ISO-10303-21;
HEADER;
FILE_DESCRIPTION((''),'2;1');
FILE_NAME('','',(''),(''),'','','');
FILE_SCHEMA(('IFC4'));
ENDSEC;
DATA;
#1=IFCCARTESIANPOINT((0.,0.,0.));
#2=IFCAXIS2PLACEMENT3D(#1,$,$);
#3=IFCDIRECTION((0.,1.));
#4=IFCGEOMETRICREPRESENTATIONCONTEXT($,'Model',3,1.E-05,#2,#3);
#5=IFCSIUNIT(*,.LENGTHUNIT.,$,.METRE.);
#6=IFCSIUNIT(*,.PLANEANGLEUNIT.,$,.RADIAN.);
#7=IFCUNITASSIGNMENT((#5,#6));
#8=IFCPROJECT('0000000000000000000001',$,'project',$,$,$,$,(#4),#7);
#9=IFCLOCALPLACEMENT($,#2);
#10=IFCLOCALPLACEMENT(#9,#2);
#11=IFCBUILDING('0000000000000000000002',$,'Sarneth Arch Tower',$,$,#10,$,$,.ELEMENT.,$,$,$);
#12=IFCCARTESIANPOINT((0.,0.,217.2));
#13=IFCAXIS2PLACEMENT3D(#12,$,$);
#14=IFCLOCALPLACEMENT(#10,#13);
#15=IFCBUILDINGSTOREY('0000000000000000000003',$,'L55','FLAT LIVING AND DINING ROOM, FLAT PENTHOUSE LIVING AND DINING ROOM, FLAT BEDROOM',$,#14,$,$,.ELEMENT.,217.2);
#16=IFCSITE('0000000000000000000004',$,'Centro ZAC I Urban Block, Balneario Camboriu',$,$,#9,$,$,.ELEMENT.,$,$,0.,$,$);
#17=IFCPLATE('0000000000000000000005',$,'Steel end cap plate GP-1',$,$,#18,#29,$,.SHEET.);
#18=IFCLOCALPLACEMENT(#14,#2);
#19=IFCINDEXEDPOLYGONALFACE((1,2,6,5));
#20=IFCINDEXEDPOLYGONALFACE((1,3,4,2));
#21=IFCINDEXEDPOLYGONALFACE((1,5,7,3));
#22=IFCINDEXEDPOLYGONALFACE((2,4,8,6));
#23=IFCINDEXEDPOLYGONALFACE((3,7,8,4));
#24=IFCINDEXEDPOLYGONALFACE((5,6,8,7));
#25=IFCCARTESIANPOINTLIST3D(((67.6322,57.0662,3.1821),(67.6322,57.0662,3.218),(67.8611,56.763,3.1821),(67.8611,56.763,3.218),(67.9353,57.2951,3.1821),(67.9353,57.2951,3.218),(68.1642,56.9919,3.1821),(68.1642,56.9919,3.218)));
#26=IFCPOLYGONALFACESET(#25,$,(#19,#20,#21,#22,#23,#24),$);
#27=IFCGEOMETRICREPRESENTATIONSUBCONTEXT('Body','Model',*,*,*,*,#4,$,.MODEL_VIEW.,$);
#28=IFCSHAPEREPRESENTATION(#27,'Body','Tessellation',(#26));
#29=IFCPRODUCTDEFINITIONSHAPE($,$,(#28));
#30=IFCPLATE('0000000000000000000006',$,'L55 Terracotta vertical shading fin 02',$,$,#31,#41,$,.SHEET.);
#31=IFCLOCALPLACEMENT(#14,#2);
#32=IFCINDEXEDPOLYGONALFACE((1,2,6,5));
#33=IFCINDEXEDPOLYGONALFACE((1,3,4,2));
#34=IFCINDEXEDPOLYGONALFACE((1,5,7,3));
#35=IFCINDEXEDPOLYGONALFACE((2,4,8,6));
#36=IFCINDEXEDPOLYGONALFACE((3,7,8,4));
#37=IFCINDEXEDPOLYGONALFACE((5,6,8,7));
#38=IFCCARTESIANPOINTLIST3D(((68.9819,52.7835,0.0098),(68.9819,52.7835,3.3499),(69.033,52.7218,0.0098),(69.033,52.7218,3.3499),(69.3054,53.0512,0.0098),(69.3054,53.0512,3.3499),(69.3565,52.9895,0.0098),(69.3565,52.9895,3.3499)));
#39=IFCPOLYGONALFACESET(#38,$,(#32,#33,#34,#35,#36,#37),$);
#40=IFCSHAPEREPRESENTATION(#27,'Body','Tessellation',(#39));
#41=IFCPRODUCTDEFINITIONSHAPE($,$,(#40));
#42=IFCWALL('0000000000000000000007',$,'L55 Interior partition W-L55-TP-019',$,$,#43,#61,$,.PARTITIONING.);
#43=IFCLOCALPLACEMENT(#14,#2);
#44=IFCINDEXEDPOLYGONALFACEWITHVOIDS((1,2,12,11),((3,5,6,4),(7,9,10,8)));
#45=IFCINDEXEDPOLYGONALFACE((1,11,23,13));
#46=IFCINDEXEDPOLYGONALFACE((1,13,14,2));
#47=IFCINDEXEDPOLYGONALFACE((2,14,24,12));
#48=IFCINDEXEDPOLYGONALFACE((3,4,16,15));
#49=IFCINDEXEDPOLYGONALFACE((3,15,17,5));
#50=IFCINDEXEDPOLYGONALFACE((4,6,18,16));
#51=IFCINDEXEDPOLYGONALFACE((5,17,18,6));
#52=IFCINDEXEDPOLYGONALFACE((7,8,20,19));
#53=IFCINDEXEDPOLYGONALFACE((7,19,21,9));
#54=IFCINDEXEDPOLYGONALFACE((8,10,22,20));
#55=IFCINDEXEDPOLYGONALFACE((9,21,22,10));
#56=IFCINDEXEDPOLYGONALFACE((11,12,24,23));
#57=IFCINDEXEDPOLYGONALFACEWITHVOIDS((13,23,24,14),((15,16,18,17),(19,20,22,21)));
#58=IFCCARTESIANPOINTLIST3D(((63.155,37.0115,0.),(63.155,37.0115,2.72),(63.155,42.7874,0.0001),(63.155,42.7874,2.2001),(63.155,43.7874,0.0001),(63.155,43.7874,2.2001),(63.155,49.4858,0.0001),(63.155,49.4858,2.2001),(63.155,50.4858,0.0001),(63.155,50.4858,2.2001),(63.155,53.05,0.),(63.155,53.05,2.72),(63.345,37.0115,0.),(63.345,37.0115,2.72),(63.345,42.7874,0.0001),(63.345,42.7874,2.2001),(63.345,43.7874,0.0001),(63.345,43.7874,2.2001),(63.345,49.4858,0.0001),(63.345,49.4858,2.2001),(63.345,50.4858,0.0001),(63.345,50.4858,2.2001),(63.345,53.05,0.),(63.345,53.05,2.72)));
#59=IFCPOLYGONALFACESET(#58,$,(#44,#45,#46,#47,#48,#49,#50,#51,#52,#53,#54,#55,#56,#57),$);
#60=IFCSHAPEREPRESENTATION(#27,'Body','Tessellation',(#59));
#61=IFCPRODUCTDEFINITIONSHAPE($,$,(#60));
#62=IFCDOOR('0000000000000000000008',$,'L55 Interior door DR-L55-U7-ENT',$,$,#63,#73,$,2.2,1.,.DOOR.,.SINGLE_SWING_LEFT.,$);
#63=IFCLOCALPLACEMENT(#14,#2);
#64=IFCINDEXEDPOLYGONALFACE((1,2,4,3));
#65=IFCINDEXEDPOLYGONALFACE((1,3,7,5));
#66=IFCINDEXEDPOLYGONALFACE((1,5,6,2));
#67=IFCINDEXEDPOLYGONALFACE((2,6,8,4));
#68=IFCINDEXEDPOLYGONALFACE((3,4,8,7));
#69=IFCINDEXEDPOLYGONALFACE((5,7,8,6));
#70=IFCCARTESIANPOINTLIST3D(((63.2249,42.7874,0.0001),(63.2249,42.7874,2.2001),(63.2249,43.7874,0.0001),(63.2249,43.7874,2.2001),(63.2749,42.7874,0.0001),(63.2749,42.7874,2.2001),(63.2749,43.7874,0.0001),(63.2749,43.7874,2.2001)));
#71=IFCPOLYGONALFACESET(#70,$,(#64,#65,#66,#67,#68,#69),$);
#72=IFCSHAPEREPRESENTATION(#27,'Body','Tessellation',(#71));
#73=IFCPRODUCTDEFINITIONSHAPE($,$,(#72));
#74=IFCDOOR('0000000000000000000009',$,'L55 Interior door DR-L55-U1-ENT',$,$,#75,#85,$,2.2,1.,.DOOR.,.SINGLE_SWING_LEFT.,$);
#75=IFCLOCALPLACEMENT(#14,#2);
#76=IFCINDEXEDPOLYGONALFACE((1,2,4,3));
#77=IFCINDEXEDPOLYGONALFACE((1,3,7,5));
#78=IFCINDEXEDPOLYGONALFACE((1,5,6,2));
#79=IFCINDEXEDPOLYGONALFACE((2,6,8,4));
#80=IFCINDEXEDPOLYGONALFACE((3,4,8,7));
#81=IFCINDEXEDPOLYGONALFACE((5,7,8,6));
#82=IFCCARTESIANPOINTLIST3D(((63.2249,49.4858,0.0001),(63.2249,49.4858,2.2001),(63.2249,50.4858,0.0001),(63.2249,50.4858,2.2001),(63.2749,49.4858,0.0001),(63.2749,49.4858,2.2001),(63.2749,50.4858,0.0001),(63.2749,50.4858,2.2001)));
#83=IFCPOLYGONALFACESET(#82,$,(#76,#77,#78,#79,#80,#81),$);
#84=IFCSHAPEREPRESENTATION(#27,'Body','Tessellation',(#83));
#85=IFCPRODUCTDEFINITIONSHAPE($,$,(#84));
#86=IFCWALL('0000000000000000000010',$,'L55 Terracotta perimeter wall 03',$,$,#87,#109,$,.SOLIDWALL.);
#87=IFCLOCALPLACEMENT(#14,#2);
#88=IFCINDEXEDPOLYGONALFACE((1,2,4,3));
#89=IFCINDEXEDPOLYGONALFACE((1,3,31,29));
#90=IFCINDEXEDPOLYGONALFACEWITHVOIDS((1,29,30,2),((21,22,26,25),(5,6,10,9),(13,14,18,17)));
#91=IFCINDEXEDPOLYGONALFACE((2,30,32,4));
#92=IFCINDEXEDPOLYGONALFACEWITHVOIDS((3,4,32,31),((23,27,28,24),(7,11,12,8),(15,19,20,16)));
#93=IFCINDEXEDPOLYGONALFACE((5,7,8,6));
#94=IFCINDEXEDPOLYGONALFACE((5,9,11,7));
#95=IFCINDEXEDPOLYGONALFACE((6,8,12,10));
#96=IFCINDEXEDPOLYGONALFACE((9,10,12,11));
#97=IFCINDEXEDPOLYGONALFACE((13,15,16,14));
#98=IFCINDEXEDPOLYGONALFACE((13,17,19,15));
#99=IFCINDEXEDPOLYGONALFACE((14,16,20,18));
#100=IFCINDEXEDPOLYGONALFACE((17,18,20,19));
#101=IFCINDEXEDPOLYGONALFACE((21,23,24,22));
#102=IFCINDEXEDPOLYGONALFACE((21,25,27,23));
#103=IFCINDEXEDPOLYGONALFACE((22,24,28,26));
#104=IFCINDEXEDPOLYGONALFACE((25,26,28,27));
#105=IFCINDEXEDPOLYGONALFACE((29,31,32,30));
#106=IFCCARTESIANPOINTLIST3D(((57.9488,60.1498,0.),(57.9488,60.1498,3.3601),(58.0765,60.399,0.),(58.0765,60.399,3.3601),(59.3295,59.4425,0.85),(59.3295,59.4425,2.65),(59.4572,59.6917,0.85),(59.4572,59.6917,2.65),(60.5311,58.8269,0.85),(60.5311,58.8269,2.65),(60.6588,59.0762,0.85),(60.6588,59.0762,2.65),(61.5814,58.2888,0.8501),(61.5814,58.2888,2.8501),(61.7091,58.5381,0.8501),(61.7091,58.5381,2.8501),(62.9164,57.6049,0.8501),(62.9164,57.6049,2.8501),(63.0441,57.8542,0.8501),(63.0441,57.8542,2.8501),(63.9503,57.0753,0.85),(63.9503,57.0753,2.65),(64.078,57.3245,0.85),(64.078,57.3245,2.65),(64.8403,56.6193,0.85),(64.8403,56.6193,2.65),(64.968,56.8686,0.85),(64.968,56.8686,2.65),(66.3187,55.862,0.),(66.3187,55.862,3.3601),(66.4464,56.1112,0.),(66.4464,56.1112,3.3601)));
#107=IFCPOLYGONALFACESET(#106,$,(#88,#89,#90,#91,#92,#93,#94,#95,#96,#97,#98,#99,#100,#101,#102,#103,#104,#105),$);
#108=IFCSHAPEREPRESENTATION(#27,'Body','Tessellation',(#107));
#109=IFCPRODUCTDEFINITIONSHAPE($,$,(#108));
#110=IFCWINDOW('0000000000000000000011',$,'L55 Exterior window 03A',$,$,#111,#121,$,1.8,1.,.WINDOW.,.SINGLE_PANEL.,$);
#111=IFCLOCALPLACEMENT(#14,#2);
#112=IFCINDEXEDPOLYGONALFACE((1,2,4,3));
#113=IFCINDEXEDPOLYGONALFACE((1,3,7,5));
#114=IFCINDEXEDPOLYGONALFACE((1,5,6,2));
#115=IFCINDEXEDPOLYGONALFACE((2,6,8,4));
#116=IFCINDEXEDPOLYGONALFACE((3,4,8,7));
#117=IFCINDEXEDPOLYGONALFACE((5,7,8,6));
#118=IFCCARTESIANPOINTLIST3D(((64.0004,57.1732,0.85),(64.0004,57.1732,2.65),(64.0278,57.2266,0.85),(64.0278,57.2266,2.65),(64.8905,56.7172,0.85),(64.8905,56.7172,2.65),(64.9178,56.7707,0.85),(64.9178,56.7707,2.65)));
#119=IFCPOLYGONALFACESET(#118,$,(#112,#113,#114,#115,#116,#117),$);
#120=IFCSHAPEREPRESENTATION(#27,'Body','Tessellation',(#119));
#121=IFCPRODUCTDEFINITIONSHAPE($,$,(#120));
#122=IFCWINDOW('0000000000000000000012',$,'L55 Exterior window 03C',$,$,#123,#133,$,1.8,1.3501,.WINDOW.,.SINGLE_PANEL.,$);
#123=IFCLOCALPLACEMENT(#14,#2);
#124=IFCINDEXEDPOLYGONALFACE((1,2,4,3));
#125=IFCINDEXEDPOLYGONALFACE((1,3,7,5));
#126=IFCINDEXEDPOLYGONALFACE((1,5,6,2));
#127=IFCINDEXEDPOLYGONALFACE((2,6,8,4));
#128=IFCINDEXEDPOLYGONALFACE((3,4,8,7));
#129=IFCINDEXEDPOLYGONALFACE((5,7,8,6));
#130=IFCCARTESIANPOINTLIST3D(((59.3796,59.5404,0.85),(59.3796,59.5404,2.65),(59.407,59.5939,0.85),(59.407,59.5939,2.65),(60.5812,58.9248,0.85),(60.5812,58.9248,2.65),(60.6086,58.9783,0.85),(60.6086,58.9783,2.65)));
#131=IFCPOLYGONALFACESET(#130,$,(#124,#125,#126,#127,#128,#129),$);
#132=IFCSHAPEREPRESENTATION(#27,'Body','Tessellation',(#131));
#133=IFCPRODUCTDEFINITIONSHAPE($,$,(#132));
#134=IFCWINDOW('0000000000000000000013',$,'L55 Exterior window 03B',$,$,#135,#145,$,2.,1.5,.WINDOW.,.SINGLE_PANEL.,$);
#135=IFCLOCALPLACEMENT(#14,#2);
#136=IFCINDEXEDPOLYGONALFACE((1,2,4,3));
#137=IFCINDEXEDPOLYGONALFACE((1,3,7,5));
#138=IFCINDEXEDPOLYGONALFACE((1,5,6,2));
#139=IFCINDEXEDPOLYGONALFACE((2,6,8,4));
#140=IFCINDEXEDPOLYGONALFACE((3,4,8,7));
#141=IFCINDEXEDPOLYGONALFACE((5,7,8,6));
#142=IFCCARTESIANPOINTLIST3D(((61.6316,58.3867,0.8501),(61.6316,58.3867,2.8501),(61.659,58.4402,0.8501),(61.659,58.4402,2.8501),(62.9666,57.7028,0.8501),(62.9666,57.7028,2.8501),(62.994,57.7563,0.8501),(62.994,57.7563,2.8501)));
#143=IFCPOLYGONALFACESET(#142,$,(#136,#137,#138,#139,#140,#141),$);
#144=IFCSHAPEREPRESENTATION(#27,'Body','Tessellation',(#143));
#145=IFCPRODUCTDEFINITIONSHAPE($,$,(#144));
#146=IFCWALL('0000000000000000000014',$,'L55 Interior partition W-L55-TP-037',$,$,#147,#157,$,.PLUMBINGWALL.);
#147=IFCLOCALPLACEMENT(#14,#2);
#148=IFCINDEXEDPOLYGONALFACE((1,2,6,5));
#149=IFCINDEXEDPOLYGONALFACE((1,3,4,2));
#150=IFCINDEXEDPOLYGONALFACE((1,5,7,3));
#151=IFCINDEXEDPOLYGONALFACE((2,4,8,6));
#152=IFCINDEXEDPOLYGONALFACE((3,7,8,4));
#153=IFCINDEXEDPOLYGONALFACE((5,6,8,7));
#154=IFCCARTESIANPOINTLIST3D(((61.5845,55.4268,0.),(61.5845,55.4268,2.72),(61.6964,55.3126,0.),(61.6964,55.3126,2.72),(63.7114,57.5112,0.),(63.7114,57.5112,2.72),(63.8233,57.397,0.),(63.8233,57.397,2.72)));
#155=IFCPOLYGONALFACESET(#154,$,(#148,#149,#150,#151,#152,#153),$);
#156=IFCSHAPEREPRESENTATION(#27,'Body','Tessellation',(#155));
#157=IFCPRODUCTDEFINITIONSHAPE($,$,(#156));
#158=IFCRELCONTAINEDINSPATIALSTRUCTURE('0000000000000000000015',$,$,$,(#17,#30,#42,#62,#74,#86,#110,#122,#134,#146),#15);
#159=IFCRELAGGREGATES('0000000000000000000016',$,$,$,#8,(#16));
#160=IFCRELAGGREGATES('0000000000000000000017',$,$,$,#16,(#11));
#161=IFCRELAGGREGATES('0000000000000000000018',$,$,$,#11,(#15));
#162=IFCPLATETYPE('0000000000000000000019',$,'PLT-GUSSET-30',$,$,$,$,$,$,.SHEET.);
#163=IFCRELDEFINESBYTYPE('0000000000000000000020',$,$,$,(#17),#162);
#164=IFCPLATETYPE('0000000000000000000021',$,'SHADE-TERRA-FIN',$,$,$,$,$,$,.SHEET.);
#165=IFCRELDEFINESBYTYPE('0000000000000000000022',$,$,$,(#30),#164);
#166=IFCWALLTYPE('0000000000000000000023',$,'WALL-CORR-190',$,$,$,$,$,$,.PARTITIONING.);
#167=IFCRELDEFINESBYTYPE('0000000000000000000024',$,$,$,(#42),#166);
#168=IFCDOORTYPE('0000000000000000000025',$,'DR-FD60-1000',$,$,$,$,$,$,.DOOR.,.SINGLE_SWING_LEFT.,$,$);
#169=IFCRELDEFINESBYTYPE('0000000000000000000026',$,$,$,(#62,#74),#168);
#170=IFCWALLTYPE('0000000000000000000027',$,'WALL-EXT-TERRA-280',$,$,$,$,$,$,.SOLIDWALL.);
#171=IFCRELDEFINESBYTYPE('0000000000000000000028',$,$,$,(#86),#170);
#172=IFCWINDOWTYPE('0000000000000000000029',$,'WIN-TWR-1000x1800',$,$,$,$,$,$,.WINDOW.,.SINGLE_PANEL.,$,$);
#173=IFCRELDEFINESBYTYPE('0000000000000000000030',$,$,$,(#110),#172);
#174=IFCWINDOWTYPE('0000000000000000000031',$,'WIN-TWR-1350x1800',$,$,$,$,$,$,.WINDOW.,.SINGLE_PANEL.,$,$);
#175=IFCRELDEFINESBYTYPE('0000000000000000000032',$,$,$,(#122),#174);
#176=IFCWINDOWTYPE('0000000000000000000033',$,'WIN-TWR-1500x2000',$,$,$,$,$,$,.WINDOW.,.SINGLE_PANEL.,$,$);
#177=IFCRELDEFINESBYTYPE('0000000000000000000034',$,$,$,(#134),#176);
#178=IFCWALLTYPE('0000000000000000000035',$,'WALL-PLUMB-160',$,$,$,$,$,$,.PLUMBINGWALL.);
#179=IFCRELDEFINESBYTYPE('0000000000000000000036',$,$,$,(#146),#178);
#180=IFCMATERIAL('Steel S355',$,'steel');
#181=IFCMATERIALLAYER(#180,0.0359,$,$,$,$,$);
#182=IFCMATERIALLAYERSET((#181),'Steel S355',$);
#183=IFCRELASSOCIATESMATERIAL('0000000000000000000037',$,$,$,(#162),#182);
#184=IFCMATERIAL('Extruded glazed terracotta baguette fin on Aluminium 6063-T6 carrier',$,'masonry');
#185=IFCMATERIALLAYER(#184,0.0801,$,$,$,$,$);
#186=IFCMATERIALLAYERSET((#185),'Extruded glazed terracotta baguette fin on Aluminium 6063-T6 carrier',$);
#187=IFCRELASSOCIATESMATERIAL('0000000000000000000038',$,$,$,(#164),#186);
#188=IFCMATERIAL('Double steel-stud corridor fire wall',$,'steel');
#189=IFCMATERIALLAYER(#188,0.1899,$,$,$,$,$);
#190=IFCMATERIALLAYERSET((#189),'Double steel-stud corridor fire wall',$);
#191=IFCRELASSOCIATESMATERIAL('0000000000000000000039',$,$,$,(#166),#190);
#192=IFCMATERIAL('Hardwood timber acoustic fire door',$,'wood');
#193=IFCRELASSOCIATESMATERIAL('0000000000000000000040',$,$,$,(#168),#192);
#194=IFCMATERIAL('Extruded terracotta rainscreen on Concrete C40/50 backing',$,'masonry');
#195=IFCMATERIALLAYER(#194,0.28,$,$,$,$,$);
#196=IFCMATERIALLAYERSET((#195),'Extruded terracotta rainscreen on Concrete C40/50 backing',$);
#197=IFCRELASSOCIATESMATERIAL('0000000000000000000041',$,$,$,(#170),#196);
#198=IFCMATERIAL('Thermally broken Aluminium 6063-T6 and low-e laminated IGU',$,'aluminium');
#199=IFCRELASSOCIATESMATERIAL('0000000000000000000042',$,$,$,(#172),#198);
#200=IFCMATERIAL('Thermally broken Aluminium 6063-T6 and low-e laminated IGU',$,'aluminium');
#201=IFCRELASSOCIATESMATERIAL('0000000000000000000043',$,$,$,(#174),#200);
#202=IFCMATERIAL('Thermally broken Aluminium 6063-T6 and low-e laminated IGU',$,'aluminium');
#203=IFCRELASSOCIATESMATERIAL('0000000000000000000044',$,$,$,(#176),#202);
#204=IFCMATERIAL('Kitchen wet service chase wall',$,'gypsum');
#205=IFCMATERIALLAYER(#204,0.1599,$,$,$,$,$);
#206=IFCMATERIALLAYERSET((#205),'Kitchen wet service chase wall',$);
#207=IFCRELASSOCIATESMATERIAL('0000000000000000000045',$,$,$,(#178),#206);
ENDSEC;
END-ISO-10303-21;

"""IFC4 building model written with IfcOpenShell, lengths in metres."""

from ifc_helpers import new_model, si_unit, direction, frame, frame_2d, origin, origin_2d, place, context, subcontext, project, spatial, rectangle, extrude, material, layer, layer_set, type_object, element, fill, save


model = new_model("IFC4")

# Units and contexts
model_context = context("Model", 3, precision=1e-05, world=origin(), true_north=direction((0.0, 1.0)))
body_context = subcontext(model_context, "Body", "Model", "MODEL_VIEW")
ifc_project = project(units=[si_unit("LENGTHUNIT", "METRE"), si_unit("PLANEANGLEUNIT", "RADIAN")], contexts=[model_context])

# Site, building, storey
site_placement = place(None, origin())
site = spatial("IfcSite", under=ifc_project, at=site_placement, Name="Centro ZAC I Urban Block, Balneario Camboriu", CompositionType="ELEMENT", RefElevation=0.0)
building_placement = place(site_placement, origin())
building = spatial("IfcBuilding", under=site, at=building_placement, Name="Sarneth Arch Tower", CompositionType="ELEMENT")
storey_placement = place(building_placement, frame((0.0, 0.0, 217.2)))
storey = spatial("IfcBuildingStorey", under=building, at=storey_placement, Name="L55", Description="FLAT LIVING AND DINING ROOM, FLAT PENTHOUSE LIVING AND DINING ROOM, FLAT BEDROOM", CompositionType="ELEMENT", Elevation=217.2)

# Plates
ifc_material_1 = material(Name="Steel S355", Category="steel")
ifc_layer_1 = layer(ifc_material_1, 0.0359)
ifc_layer_set_1 = layer_set([ifc_layer_1], Name="Steel S355")
plate_type_1 = type_object("IfcPlateType", Name="PLT-GUSSET-30", PredefinedType="SHEET", material=ifc_layer_set_1)
plate_1_placement = place(storey_placement, frame((67.8982, 57.0291, 3.1821), z_axis=(0.0, 0.0, 1.0), x_axis=(0.798005, 0.602651, 0.0)))
element("IfcPlate", 1, at=plate_1_placement, inside=storey, type_object=plate_type_1, Name="Steel end cap plate GP-1", PredefinedType="SHEET", context=body_context, shape_type="SweptSolid", body=[
    extrude(rectangle(XDim=0.3799, YDim=0.3799, at=origin_2d()), origin(), (0.0, 0.0, 1.0), 0.0359),
])
ifc_material_2 = material(Name="Extruded glazed terracotta baguette fin on Aluminium 6063-T6 carrier", Category="masonry")
ifc_layer_2 = layer(ifc_material_2, 0.0801)
ifc_layer_set_2 = layer_set([ifc_layer_2], Name="Extruded glazed terracotta baguette fin on Aluminium 6063-T6 carrier")
plate_type_2 = type_object("IfcPlateType", Name="SHADE-TERRA-FIN", PredefinedType="SHEET", material=ifc_layer_set_2)
plate_2_placement = place(storey_placement, frame((69.1692, 52.8865, 0.0098), z_axis=(0.0, 0.0, 1.0), x_axis=(0.770402, 0.637558, 0.0)))
element("IfcPlate", 2, at=plate_2_placement, inside=storey, type_object=plate_type_2, Name="L55 Terracotta vertical shading fin 02", PredefinedType="SHEET", context=body_context, shape_type="SweptSolid", body=[
    extrude(rectangle(XDim=0.4199, YDim=0.0801, at=origin_2d()), origin(), (0.0, 0.0, 1.0), 3.3401),
])

# Wall, openings, doors
ifc_material_3 = material(Name="Double steel-stud corridor fire wall", Category="steel")
ifc_layer_3 = layer(ifc_material_3, 0.1899)
ifc_layer_set_3 = layer_set([ifc_layer_3], Name="Double steel-stud corridor fire wall")
wall_type_1 = type_object("IfcWallType", Name="WALL-CORR-190", PredefinedType="PARTITIONING", material=ifc_layer_set_3)
wall_1_placement = place(storey_placement, frame((63.25, 53.05, 0.0), z_axis=(0.0, 0.0, 1.0), x_axis=(0.0, -1.0, 0.0)))
wall_1 = element("IfcWall", 3, at=wall_1_placement, inside=storey, type_object=wall_type_1, Name="L55 Interior partition W-L55-TP-019", PredefinedType="PARTITIONING", context=body_context, shape_type="SweptSolid", body=[
    extrude(rectangle(XDim=16.0386, YDim=0.1899, at=frame_2d((8.0193, 0.0))), origin(), (0.0, 0.0, 1.0), 2.72),
])
opening_1_placement = place(wall_1_placement, frame((9.2627, 0.0, 0.0)))
opening_1 = element("IfcOpeningElement", 4, at=opening_1_placement, cuts=wall_1, PredefinedType="OPENING", context=body_context, shape_type="SweptSolid", body=[
    extrude(rectangle(XDim=1.0, YDim=2.2, at=frame_2d((0.5, 1.1001))), frame((0.0, 0.105, 0.0), z_axis=(0.0, -1.0, 0.0), x_axis=(1.0, 0.0, 0.0)), (0.0, 0.0, 1.0), 0.21),
])
opening_2_placement = place(wall_1_placement, frame((2.5642, 0.0, 0.0)))
opening_2 = element("IfcOpeningElement", 5, at=opening_2_placement, cuts=wall_1, PredefinedType="OPENING", context=body_context, shape_type="SweptSolid", body=[
    extrude(rectangle(XDim=1.0, YDim=2.2, at=frame_2d((0.5, 1.1001))), frame((0.0, 0.105, 0.0), z_axis=(0.0, -1.0, 0.0), x_axis=(1.0, 0.0, 0.0)), (0.0, 0.0, 1.0), 0.21),
])
ifc_material_4 = material(Name="Hardwood timber acoustic fire door", Category="wood")
door_type = type_object("IfcDoorType", Name="DR-FD60-1000", OperationType="SINGLE_SWING_LEFT", PredefinedType="DOOR", material=ifc_material_4)
door_1_placement = place(opening_1_placement, origin())
door_1 = element("IfcDoor", 6, at=door_1_placement, inside=storey, type_object=door_type, Name="L55 Interior door DR-L55-U7-ENT", OperationType="SINGLE_SWING_LEFT", OverallHeight=2.2, OverallWidth=1.0, PredefinedType="DOOR", context=body_context, shape_type="SweptSolid", body=[
    extrude(rectangle(XDim=1.0, YDim=2.2, at=frame_2d((0.5, 1.1001))), frame((0.0, 0.0249, 0.0), z_axis=(0.0, -1.0, 0.0), x_axis=(1.0, 0.0, 0.0)), (0.0, 0.0, 1.0), 0.05),
])
fill(opening_1, door_1)
door_2_placement = place(opening_2_placement, origin())
door_2 = element("IfcDoor", 7, at=door_2_placement, inside=storey, type_object=door_type, Name="L55 Interior door DR-L55-U1-ENT", OperationType="SINGLE_SWING_LEFT", OverallHeight=2.2, OverallWidth=1.0, PredefinedType="DOOR", context=body_context, shape_type="SweptSolid", body=[
    extrude(rectangle(XDim=1.0, YDim=2.2, at=frame_2d((0.5, 1.1001))), frame((0.0, 0.0249, 0.0), z_axis=(0.0, -1.0, 0.0), x_axis=(1.0, 0.0, 0.0)), (0.0, 0.0, 1.0), 0.05),
])
fill(opening_2, door_2)

# Wall, openings, windows
ifc_material_5 = material(Name="Extruded terracotta rainscreen on Concrete C40/50 backing", Category="masonry")
ifc_layer_4 = layer(ifc_material_5, 0.28)
ifc_layer_set_4 = layer_set([ifc_layer_4], Name="Extruded terracotta rainscreen on Concrete C40/50 backing")
wall_type_2 = type_object("IfcWallType", Name="WALL-EXT-TERRA-280", PredefinedType="SOLIDWALL", material=ifc_layer_set_4)
wall_2_placement = place(storey_placement, frame((66.3826, 55.9866, 0.0), z_axis=(0.0, 0.0, 1.0), x_axis=(-0.890007, 0.455946, 0.0)))
wall_2 = element("IfcWall", 8, at=wall_2_placement, inside=storey, type_object=wall_type_2, Name="L55 Terracotta perimeter wall 03", PredefinedType="SOLIDWALL", context=body_context, shape_type="SweptSolid", body=[
    extrude(rectangle(XDim=9.4043, YDim=0.28, at=frame_2d((4.7021, 0.0))), origin(), (0.0, 0.0, 1.0), 3.3601),
])
opening_3_placement = place(wall_2_placement, frame((1.6611, 0.0, 0.8501)))
opening_3 = element("IfcOpeningElement", 9, at=opening_3_placement, cuts=wall_2, PredefinedType="OPENING", context=body_context, shape_type="SweptSolid", body=[
    extrude(rectangle(XDim=1.0, YDim=1.8, at=frame_2d((0.5, 0.8999))), frame((0.0, 0.1499, 0.0), z_axis=(0.0, -1.0, 0.0), x_axis=(1.0, 0.0, 0.0)), (0.0, 0.0, 1.0), 0.3),
])
opening_4_placement = place(wall_2_placement, frame((3.8228, 0.0, 0.8501)))
opening_4 = element("IfcOpeningElement", 10, at=opening_4_placement, cuts=wall_2, PredefinedType="OPENING", context=body_context, shape_type="SweptSolid", body=[
    extrude(rectangle(XDim=1.5, YDim=2.0, at=frame_2d((0.75, 1.0))), frame((0.0, 0.1499, 0.0), z_axis=(0.0, -1.0, 0.0), x_axis=(1.0, 0.0, 0.0)), (0.0, 0.0, 1.0), 0.3),
])
opening_5_placement = place(wall_2_placement, frame((6.5029, 0.0, 0.8501)))
opening_5 = element("IfcOpeningElement", 11, at=opening_5_placement, cuts=wall_2, PredefinedType="OPENING", context=body_context, shape_type="SweptSolid", body=[
    extrude(rectangle(XDim=1.3501, YDim=1.8, at=frame_2d((0.675, 0.8999))), frame((0.0, 0.1499, 0.0), z_axis=(0.0, -1.0, 0.0), x_axis=(1.0, 0.0, 0.0)), (0.0, 0.0, 1.0), 0.3),
])
ifc_material_6 = material(Name="Thermally broken Aluminium 6063-T6 and low-e laminated IGU", Category="aluminium")
window_type_1 = type_object("IfcWindowType", Name="WIN-TWR-1000x1800", PartitioningType="SINGLE_PANEL", PredefinedType="WINDOW", material=ifc_material_6)
window_1_placement = place(opening_3_placement, origin())
window_1 = element("IfcWindow", 12, at=window_1_placement, inside=storey, type_object=window_type_1, Name="L55 Exterior window 03A", OverallHeight=1.8, OverallWidth=1.0, PartitioningType="SINGLE_PANEL", PredefinedType="WINDOW", context=body_context, shape_type="SweptSolid", body=[
    extrude(rectangle(XDim=1.0, YDim=1.8, at=frame_2d((0.5, 0.8999))), frame((0.0, 0.03, 0.0), z_axis=(0.0, -1.0, 0.0), x_axis=(1.0, 0.0, 0.0)), (0.0, 0.0, 1.0), 0.0601),
])
fill(opening_3, window_1)
ifc_material_7 = material(Name="Thermally broken Aluminium 6063-T6 and low-e laminated IGU", Category="aluminium")
window_type_2 = type_object("IfcWindowType", Name="WIN-TWR-1350x1800", PartitioningType="SINGLE_PANEL", PredefinedType="WINDOW", material=ifc_material_7)
window_2_placement = place(opening_5_placement, origin())
window_2 = element("IfcWindow", 13, at=window_2_placement, inside=storey, type_object=window_type_2, Name="L55 Exterior window 03C", OverallHeight=1.8, OverallWidth=1.3501, PartitioningType="SINGLE_PANEL", PredefinedType="WINDOW", context=body_context, shape_type="SweptSolid", body=[
    extrude(rectangle(XDim=1.3501, YDim=1.8, at=frame_2d((0.675, 0.8999))), frame((0.0, 0.03, 0.0), z_axis=(0.0, -1.0, 0.0), x_axis=(1.0, 0.0, 0.0)), (0.0, 0.0, 1.0), 0.0601),
])
fill(opening_5, window_2)
ifc_material_8 = material(Name="Thermally broken Aluminium 6063-T6 and low-e laminated IGU", Category="aluminium")
window_type_3 = type_object("IfcWindowType", Name="WIN-TWR-1500x2000", PartitioningType="SINGLE_PANEL", PredefinedType="WINDOW", material=ifc_material_8)
window_3_placement = place(opening_4_placement, origin())
window_3 = element("IfcWindow", 14, at=window_3_placement, inside=storey, type_object=window_type_3, Name="L55 Exterior window 03B", OverallHeight=2.0, OverallWidth=1.5, PartitioningType="SINGLE_PANEL", PredefinedType="WINDOW", context=body_context, shape_type="SweptSolid", body=[
    extrude(rectangle(XDim=1.5, YDim=2.0, at=frame_2d((0.75, 1.0))), frame((0.0, 0.03, 0.0), z_axis=(0.0, -1.0, 0.0), x_axis=(1.0, 0.0, 0.0)), (0.0, 0.0, 1.0), 0.0601),
])
fill(opening_4, window_3)

# Wall
ifc_material_9 = material(Name="Kitchen wet service chase wall", Category="gypsum")
ifc_layer_5 = layer(ifc_material_9, 0.1599)
ifc_layer_set_5 = layer_set([ifc_layer_5], Name="Kitchen wet service chase wall")
wall_type_3 = type_object("IfcWallType", Name="WALL-PLUMB-160", PredefinedType="PLUMBINGWALL", material=ifc_layer_set_5)
wall_3_placement = place(storey_placement, frame((63.7673, 57.4541, 0.0), z_axis=(0.0, 0.0, 1.0), x_axis=(-0.714203, -0.699939, 0.0)))
element("IfcWall", 15, at=wall_3_placement, inside=storey, type_object=wall_type_3, Name="L55 Interior partition W-L55-TP-037", PredefinedType="PLUMBINGWALL", context=body_context, shape_type="SweptSolid", body=[
    extrude(rectangle(XDim=2.978, YDim=0.1599, at=frame_2d((1.489, 0.0))), origin(), (0.0, 0.0, 1.0), 2.72),
])

save(model, "model.ifc")
